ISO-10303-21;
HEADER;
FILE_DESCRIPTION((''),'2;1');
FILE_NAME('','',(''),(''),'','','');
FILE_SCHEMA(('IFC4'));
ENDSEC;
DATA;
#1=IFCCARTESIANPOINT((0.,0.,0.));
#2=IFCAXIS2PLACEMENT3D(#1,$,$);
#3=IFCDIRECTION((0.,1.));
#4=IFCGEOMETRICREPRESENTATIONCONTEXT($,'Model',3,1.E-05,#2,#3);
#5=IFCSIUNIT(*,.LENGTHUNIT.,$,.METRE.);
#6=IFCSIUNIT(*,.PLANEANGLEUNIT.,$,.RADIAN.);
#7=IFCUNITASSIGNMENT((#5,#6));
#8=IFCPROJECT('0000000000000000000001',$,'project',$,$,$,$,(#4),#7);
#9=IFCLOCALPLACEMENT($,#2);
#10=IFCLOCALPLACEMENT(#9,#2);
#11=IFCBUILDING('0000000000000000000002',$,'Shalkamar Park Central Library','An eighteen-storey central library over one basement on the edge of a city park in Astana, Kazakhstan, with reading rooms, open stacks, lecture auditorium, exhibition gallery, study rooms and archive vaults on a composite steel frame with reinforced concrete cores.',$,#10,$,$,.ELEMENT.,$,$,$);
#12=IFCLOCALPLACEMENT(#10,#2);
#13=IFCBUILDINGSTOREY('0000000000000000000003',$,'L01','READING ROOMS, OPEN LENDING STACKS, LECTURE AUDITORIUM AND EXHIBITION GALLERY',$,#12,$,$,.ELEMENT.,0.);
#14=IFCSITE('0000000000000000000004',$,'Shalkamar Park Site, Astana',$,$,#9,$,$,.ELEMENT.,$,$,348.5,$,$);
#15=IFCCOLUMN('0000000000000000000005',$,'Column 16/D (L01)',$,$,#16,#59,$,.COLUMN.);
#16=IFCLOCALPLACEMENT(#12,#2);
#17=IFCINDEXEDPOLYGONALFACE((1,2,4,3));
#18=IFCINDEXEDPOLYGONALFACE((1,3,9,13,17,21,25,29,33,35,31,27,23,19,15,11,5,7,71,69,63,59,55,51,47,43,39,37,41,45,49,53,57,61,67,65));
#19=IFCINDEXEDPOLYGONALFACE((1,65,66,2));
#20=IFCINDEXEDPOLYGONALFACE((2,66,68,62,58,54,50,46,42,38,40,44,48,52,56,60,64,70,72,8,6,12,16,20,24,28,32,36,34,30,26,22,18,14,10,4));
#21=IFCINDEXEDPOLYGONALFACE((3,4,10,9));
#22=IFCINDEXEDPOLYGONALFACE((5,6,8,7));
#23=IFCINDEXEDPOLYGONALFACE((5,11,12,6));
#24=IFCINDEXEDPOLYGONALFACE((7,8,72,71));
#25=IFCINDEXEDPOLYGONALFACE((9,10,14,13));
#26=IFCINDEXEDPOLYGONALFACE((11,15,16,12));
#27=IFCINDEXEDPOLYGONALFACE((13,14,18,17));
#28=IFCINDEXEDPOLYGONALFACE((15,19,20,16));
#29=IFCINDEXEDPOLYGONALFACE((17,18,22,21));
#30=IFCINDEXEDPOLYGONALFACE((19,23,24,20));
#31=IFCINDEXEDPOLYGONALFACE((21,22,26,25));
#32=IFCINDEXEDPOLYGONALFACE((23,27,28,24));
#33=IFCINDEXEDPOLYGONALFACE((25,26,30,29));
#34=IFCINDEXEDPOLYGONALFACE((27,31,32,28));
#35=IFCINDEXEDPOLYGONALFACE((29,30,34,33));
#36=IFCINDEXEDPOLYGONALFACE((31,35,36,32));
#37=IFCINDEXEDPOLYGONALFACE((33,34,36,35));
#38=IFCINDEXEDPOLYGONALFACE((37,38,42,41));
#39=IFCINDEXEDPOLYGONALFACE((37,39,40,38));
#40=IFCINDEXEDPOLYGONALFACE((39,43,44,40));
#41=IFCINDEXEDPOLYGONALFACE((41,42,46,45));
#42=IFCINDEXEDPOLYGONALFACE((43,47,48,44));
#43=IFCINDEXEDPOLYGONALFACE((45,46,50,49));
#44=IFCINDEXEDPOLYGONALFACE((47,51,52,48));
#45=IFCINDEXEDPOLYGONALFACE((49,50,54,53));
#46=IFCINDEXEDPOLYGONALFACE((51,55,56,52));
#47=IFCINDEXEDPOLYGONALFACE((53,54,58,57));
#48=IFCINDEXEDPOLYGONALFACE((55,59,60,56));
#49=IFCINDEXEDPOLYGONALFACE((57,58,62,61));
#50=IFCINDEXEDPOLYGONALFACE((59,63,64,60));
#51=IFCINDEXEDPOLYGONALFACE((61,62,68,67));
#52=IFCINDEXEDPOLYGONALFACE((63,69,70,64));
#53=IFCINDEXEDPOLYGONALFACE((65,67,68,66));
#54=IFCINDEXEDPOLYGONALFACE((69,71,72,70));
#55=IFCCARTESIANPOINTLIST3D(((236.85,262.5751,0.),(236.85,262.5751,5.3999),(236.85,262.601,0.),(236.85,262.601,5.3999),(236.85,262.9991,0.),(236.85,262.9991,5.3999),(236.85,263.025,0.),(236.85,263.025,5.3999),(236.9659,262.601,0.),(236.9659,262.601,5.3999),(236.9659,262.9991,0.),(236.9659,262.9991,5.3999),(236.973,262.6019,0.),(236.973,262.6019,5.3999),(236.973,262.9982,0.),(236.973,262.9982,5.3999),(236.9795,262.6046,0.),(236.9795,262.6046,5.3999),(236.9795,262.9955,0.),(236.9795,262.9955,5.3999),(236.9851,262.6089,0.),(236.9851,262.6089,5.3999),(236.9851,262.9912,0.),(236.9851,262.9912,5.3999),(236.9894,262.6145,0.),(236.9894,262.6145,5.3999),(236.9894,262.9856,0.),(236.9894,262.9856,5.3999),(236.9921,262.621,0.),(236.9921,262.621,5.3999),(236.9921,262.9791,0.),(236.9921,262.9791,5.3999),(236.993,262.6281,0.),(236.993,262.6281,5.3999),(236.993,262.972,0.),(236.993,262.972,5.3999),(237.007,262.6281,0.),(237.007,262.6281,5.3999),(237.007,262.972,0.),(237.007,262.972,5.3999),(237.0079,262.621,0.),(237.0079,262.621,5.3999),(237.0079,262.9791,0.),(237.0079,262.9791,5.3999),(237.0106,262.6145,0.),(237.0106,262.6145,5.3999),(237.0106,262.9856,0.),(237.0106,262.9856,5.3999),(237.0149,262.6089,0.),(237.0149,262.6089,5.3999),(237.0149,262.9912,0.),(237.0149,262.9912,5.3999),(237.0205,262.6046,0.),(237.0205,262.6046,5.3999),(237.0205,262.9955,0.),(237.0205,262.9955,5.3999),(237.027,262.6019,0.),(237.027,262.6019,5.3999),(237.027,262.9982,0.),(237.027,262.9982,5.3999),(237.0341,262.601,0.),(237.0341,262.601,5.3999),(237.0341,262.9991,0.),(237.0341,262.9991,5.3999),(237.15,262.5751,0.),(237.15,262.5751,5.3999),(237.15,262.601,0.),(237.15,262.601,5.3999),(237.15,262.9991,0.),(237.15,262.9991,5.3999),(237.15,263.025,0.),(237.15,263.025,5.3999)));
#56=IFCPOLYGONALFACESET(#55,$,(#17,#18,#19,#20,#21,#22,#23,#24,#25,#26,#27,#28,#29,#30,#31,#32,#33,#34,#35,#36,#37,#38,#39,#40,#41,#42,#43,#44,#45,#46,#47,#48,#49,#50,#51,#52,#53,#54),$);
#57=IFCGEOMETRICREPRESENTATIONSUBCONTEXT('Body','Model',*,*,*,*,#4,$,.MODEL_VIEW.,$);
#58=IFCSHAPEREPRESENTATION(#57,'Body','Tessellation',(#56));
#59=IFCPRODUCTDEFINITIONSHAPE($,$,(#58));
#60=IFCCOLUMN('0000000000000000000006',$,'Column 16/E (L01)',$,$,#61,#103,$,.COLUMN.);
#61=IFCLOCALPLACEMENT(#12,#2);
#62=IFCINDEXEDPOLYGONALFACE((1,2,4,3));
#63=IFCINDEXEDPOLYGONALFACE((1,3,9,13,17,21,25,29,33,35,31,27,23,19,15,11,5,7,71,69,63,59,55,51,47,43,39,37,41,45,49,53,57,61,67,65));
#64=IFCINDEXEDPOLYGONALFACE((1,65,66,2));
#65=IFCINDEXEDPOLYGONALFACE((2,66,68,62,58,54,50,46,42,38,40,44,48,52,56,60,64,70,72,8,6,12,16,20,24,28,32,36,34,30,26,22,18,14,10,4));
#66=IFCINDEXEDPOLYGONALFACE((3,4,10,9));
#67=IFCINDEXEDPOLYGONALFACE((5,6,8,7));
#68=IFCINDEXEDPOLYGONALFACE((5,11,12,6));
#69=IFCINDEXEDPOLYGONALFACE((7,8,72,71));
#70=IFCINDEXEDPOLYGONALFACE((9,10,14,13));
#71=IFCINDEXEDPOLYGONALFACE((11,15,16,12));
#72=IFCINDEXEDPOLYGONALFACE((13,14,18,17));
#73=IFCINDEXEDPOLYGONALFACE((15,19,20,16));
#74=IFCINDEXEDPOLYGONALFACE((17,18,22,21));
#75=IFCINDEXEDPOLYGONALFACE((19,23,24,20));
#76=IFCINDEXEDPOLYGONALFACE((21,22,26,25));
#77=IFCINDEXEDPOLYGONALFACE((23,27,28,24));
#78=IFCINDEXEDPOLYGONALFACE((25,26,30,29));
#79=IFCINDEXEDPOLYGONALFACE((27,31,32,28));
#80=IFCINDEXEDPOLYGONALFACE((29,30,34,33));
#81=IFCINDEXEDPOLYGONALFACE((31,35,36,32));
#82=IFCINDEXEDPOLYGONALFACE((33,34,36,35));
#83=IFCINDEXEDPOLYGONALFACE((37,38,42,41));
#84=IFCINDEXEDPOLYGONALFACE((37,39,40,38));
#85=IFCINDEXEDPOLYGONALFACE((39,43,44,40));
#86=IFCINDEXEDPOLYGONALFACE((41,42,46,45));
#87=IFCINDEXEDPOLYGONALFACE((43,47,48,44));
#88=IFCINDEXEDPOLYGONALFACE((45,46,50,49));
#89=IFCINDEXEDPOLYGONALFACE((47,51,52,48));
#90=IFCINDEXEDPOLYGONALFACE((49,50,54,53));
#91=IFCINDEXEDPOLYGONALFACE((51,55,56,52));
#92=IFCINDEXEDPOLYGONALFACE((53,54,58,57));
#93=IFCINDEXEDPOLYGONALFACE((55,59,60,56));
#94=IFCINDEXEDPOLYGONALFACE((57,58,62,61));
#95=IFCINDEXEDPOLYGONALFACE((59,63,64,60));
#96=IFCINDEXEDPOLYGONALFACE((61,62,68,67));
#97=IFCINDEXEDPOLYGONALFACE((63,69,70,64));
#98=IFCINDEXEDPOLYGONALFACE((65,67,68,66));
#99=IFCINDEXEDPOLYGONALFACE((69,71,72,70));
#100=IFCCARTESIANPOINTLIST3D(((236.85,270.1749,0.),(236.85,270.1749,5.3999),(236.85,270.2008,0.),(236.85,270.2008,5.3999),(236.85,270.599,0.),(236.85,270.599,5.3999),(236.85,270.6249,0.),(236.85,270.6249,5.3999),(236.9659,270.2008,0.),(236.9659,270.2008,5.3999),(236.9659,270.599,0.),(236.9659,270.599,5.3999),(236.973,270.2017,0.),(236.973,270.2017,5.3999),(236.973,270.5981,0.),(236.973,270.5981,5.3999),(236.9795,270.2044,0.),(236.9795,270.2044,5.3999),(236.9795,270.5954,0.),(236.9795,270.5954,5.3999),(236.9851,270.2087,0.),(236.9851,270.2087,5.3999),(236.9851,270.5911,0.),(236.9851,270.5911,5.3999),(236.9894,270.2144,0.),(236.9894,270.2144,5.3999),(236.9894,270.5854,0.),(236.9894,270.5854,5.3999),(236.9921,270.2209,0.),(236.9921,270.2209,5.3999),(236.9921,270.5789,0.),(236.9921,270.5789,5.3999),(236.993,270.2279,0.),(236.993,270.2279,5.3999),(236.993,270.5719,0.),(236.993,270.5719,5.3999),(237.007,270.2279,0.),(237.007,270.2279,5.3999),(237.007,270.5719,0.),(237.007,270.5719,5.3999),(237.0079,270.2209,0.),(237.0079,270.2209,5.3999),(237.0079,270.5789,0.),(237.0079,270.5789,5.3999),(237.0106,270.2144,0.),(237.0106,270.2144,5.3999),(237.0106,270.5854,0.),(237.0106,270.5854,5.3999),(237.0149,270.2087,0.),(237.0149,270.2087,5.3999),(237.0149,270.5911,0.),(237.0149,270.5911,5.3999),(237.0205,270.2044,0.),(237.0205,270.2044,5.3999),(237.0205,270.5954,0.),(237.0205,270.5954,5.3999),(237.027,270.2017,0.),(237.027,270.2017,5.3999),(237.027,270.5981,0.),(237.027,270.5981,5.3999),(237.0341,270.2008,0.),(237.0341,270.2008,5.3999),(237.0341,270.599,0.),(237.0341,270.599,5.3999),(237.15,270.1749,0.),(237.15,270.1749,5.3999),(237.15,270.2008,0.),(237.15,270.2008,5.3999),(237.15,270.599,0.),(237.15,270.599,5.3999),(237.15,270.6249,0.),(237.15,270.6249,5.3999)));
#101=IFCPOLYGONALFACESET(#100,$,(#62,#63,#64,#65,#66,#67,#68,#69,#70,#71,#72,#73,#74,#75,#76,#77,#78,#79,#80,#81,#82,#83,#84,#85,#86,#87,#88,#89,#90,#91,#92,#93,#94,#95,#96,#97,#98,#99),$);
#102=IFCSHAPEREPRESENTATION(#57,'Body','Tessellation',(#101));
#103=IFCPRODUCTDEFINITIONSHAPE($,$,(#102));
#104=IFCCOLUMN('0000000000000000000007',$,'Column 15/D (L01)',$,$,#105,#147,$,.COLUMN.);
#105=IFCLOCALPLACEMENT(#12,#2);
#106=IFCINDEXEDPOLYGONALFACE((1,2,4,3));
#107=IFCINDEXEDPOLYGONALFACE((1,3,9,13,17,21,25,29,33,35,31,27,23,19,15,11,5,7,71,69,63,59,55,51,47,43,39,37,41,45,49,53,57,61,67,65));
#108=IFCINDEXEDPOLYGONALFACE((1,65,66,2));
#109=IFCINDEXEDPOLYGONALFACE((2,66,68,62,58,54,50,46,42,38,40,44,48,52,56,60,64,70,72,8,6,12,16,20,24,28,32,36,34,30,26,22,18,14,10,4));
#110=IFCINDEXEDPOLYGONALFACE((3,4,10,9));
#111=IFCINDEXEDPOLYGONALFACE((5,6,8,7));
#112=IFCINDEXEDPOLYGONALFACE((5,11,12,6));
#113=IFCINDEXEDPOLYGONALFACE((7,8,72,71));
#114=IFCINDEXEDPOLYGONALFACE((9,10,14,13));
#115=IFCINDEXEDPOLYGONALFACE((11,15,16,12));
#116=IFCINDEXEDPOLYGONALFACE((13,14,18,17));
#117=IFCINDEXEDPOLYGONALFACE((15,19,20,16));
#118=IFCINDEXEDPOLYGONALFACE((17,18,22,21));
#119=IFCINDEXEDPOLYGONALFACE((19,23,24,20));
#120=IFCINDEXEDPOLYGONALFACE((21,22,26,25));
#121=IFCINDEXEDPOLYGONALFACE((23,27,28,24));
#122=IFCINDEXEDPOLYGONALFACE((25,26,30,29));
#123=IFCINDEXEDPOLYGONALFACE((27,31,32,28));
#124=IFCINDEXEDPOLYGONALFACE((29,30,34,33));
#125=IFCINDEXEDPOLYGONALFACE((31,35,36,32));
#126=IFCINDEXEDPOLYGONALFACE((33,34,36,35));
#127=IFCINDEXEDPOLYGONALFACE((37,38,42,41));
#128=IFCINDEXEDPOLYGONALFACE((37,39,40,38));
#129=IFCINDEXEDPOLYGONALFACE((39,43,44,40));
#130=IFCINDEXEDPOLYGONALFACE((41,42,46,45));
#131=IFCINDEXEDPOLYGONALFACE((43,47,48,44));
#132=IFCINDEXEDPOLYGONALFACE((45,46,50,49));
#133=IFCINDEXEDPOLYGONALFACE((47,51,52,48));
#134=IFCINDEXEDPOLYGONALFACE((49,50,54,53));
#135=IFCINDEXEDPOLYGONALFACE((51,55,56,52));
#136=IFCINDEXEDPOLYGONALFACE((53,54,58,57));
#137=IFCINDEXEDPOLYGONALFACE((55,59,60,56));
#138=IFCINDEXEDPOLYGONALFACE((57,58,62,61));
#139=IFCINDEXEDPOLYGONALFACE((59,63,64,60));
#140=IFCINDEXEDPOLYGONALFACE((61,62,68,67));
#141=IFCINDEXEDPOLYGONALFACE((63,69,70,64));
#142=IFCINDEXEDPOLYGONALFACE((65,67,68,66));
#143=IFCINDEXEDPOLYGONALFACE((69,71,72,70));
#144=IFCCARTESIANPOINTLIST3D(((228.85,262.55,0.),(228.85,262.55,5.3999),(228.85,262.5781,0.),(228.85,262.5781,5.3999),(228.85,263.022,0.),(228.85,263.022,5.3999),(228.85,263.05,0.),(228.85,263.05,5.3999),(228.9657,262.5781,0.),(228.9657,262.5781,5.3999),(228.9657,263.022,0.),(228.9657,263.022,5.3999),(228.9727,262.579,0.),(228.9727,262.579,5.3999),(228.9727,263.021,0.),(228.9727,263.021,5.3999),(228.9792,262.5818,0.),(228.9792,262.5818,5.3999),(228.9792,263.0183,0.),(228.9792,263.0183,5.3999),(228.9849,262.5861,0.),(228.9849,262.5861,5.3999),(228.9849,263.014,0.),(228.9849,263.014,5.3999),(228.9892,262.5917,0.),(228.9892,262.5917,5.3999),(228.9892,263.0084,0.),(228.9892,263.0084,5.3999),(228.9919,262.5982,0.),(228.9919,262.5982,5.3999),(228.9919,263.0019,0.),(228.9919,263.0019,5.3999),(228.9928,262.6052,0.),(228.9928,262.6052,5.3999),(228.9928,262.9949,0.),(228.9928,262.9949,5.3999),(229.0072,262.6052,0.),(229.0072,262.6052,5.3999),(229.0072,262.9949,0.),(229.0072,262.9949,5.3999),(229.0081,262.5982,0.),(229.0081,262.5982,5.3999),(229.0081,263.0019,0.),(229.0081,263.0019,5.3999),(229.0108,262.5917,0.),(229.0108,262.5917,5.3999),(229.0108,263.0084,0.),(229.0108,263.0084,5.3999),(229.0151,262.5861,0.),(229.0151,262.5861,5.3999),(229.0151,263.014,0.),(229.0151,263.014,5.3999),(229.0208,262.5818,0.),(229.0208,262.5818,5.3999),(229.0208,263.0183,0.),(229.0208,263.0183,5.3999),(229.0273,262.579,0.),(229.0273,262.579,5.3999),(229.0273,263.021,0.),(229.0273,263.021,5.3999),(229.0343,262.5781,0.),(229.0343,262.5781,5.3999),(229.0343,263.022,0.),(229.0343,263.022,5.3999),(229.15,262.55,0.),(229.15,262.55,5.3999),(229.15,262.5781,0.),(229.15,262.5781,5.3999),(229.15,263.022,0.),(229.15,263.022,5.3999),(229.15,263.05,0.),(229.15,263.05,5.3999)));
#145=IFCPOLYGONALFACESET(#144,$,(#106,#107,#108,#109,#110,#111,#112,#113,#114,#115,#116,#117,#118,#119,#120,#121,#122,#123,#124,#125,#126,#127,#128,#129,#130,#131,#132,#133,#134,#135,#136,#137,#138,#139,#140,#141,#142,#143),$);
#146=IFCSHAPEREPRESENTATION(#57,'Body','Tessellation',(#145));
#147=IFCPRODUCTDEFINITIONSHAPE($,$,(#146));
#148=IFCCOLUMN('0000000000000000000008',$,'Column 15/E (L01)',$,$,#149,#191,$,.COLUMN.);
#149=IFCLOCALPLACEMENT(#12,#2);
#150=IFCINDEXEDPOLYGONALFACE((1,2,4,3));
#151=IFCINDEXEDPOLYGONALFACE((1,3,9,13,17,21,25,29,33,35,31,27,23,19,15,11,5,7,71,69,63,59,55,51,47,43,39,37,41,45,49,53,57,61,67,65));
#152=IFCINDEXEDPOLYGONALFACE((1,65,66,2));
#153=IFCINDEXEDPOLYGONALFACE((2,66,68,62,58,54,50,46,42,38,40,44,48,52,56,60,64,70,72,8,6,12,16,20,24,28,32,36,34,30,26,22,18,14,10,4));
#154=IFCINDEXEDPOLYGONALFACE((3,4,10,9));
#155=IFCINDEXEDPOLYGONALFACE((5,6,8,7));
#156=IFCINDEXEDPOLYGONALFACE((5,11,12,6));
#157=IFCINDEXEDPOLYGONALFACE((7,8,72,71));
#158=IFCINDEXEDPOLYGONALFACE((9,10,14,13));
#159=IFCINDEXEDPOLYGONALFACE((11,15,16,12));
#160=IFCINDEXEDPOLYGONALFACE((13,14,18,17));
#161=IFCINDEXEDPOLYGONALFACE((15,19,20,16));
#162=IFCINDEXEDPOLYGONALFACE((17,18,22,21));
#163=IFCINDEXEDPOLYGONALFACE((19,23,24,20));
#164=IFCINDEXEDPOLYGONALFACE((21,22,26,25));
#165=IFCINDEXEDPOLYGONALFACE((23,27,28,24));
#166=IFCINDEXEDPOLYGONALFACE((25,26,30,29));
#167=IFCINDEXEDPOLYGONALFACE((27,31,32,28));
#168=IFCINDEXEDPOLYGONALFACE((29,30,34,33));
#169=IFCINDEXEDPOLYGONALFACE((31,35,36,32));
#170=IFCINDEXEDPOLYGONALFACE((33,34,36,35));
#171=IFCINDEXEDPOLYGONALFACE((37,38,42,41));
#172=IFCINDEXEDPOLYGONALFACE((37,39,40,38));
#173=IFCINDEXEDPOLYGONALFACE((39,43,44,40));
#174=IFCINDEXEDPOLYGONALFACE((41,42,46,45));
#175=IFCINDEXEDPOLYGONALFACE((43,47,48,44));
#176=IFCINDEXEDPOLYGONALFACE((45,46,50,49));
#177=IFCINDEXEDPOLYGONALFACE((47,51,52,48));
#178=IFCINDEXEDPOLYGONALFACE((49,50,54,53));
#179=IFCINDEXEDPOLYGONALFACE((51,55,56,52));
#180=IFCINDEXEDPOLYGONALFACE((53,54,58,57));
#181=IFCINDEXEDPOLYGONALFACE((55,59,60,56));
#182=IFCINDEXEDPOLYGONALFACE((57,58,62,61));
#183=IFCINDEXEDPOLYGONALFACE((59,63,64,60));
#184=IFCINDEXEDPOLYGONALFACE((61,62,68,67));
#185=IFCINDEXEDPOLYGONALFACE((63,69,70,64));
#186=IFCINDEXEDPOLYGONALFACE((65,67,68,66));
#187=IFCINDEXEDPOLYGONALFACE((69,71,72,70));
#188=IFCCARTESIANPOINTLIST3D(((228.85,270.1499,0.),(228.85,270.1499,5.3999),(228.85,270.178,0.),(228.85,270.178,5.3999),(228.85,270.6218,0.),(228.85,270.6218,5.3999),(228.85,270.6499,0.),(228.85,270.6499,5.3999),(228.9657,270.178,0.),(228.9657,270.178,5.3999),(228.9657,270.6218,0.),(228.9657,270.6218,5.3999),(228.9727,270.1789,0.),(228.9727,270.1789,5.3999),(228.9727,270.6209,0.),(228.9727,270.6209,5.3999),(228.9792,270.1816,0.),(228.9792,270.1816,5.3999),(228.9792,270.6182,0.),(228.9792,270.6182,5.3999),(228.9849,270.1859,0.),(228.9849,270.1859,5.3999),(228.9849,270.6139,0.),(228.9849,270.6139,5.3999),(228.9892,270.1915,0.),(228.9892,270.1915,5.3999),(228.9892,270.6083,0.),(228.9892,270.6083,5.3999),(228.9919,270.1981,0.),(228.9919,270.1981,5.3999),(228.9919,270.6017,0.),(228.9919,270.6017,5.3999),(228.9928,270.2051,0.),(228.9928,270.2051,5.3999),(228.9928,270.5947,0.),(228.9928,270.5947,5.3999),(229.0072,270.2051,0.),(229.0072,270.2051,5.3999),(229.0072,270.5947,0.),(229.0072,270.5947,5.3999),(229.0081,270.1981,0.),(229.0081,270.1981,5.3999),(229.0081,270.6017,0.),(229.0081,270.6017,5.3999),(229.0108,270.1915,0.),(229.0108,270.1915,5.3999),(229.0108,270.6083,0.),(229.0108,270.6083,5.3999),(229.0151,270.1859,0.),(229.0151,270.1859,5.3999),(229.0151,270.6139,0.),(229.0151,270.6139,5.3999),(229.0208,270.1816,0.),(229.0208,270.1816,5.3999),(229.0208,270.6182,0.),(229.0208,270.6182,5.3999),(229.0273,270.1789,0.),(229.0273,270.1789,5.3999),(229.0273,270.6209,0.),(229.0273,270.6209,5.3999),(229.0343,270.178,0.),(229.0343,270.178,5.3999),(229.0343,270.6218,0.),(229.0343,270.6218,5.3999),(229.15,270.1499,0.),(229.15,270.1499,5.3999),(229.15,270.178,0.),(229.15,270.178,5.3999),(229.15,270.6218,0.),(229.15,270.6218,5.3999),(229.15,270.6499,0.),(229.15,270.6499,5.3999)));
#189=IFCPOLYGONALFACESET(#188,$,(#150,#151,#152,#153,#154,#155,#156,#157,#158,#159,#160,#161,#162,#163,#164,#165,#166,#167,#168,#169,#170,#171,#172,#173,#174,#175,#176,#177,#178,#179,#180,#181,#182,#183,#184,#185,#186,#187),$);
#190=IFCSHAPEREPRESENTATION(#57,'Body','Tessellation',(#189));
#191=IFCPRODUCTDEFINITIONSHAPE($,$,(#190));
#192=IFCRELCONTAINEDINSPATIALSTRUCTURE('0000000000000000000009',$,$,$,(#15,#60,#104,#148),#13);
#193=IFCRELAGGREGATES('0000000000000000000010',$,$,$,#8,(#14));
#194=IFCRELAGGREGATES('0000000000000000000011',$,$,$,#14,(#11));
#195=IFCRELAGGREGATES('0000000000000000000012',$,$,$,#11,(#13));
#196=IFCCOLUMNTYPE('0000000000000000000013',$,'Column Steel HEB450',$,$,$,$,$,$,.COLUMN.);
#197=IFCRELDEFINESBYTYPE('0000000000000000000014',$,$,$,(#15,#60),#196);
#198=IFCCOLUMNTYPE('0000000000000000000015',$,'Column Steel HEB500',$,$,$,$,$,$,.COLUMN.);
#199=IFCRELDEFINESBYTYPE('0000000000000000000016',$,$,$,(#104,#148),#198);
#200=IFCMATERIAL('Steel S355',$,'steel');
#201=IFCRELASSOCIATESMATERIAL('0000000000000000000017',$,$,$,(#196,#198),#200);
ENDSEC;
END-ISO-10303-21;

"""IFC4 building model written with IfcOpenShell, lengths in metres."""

from ifc_helpers import new_model, si_unit, direction, frame, origin, origin_2d, place, context, subcontext, project, spatial, i_section, extrude, material, material_profile, profile_set, type_object, element, save


model = new_model("IFC4")

# Units and contexts
model_context = context("Model", 3, precision=1e-05, world=origin(), true_north=direction((0.0, 1.0)))
body_context = subcontext(model_context, "Body", "Model", "MODEL_VIEW")
ifc_project = project(units=[si_unit("LENGTHUNIT", "METRE"), si_unit("PLANEANGLEUNIT", "RADIAN")], contexts=[model_context])

# Site, building, storey
site_placement = place(None, origin())
site = spatial("IfcSite", under=ifc_project, at=site_placement, Name="Shalkamar Park Site, Astana", CompositionType="ELEMENT", RefElevation=348.5)
building_placement = place(site_placement, origin())
building = spatial("IfcBuilding", under=site, at=building_placement, Name="Shalkamar Park Central Library", Description="An eighteen-storey central library over one basement on the edge of a city park in Astana, Kazakhstan, with reading rooms, open stacks, lecture auditorium, exhibition gallery, study rooms and archive vaults on a composite steel frame with reinforced concrete cores.", CompositionType="ELEMENT")
storey_placement = place(building_placement, origin())
storey = spatial("IfcBuildingStorey", under=building, at=storey_placement, Name="L01", Description="READING ROOMS, OPEN LENDING STACKS, LECTURE AUDITORIUM AND EXHIBITION GALLERY", CompositionType="ELEMENT", Elevation=0.0)

# Columns
ifc_material_1 = material(Name="Steel S355", Category="steel")
ifc_material_profile_1 = material_profile(ifc_material_1, i_section(OverallWidth=0.3, OverallDepth=0.45, WebThickness=0.0139, FlangeThickness=0.0259, FilletRadius=0.0271, at=origin_2d()), Name="HEB 450")
ifc_profile_set_1 = profile_set([ifc_material_profile_1], Name="Steel S355")
column_type_1 = type_object("IfcColumnType", Name="Column Steel HEB450", PredefinedType="COLUMN", material=ifc_profile_set_1)
for number, where, z_axis, x_axis, name in (
    (1, (237.0, 262.8, 0.0), (0.0, 0.0, 1.0), (1.0, 0.0, 0.0), "Column 16/D (L01)"),
    (2, (237.0, 270.3999, 0.0), (0.0, 0.0, 1.0), (1.0, 0.0, 0.0), "Column 16/E (L01)"),
):
    element("IfcColumn", number, at=place(storey_placement, frame(where, z_axis=z_axis, x_axis=x_axis)), inside=storey, type_object=column_type_1, Name=name, PredefinedType="COLUMN", context=body_context, shape_type="SweptSolid", body=[
        extrude(i_section(OverallWidth=0.3, OverallDepth=0.45, WebThickness=0.0139, FlangeThickness=0.0259, FilletRadius=0.0271, at=origin_2d()), origin(), (0.0, 0.0, 1.0), 5.3999),
    ])
ifc_material_profile_2 = material_profile(ifc_material_1, i_section(OverallWidth=0.3, OverallDepth=0.5, WebThickness=0.0144, FlangeThickness=0.0281, FilletRadius=0.0271, at=origin_2d()), Name="HEB 500")
ifc_profile_set_2 = profile_set([ifc_material_profile_2], Name="Steel S355")
column_type_2 = type_object("IfcColumnType", Name="Column Steel HEB500", PredefinedType="COLUMN", material=ifc_profile_set_2)
for number, where, z_axis, x_axis, name in (
    (3, (229.0, 262.8, 0.0), (0.0, 0.0, 1.0), (1.0, 0.0, 0.0), "Column 15/D (L01)"),
    (4, (229.0, 270.3999, 0.0), (0.0, 0.0, 1.0), (1.0, 0.0, 0.0), "Column 15/E (L01)"),
):
    element("IfcColumn", number, at=place(storey_placement, frame(where, z_axis=z_axis, x_axis=x_axis)), inside=storey, type_object=column_type_2, Name=name, PredefinedType="COLUMN", context=body_context, shape_type="SweptSolid", body=[
        extrude(i_section(OverallWidth=0.3, OverallDepth=0.5, WebThickness=0.0144, FlangeThickness=0.0281, FilletRadius=0.0271, at=origin_2d()), origin(), (0.0, 0.0, 1.0), 5.3999),
    ])

save(model, "model.ifc")
